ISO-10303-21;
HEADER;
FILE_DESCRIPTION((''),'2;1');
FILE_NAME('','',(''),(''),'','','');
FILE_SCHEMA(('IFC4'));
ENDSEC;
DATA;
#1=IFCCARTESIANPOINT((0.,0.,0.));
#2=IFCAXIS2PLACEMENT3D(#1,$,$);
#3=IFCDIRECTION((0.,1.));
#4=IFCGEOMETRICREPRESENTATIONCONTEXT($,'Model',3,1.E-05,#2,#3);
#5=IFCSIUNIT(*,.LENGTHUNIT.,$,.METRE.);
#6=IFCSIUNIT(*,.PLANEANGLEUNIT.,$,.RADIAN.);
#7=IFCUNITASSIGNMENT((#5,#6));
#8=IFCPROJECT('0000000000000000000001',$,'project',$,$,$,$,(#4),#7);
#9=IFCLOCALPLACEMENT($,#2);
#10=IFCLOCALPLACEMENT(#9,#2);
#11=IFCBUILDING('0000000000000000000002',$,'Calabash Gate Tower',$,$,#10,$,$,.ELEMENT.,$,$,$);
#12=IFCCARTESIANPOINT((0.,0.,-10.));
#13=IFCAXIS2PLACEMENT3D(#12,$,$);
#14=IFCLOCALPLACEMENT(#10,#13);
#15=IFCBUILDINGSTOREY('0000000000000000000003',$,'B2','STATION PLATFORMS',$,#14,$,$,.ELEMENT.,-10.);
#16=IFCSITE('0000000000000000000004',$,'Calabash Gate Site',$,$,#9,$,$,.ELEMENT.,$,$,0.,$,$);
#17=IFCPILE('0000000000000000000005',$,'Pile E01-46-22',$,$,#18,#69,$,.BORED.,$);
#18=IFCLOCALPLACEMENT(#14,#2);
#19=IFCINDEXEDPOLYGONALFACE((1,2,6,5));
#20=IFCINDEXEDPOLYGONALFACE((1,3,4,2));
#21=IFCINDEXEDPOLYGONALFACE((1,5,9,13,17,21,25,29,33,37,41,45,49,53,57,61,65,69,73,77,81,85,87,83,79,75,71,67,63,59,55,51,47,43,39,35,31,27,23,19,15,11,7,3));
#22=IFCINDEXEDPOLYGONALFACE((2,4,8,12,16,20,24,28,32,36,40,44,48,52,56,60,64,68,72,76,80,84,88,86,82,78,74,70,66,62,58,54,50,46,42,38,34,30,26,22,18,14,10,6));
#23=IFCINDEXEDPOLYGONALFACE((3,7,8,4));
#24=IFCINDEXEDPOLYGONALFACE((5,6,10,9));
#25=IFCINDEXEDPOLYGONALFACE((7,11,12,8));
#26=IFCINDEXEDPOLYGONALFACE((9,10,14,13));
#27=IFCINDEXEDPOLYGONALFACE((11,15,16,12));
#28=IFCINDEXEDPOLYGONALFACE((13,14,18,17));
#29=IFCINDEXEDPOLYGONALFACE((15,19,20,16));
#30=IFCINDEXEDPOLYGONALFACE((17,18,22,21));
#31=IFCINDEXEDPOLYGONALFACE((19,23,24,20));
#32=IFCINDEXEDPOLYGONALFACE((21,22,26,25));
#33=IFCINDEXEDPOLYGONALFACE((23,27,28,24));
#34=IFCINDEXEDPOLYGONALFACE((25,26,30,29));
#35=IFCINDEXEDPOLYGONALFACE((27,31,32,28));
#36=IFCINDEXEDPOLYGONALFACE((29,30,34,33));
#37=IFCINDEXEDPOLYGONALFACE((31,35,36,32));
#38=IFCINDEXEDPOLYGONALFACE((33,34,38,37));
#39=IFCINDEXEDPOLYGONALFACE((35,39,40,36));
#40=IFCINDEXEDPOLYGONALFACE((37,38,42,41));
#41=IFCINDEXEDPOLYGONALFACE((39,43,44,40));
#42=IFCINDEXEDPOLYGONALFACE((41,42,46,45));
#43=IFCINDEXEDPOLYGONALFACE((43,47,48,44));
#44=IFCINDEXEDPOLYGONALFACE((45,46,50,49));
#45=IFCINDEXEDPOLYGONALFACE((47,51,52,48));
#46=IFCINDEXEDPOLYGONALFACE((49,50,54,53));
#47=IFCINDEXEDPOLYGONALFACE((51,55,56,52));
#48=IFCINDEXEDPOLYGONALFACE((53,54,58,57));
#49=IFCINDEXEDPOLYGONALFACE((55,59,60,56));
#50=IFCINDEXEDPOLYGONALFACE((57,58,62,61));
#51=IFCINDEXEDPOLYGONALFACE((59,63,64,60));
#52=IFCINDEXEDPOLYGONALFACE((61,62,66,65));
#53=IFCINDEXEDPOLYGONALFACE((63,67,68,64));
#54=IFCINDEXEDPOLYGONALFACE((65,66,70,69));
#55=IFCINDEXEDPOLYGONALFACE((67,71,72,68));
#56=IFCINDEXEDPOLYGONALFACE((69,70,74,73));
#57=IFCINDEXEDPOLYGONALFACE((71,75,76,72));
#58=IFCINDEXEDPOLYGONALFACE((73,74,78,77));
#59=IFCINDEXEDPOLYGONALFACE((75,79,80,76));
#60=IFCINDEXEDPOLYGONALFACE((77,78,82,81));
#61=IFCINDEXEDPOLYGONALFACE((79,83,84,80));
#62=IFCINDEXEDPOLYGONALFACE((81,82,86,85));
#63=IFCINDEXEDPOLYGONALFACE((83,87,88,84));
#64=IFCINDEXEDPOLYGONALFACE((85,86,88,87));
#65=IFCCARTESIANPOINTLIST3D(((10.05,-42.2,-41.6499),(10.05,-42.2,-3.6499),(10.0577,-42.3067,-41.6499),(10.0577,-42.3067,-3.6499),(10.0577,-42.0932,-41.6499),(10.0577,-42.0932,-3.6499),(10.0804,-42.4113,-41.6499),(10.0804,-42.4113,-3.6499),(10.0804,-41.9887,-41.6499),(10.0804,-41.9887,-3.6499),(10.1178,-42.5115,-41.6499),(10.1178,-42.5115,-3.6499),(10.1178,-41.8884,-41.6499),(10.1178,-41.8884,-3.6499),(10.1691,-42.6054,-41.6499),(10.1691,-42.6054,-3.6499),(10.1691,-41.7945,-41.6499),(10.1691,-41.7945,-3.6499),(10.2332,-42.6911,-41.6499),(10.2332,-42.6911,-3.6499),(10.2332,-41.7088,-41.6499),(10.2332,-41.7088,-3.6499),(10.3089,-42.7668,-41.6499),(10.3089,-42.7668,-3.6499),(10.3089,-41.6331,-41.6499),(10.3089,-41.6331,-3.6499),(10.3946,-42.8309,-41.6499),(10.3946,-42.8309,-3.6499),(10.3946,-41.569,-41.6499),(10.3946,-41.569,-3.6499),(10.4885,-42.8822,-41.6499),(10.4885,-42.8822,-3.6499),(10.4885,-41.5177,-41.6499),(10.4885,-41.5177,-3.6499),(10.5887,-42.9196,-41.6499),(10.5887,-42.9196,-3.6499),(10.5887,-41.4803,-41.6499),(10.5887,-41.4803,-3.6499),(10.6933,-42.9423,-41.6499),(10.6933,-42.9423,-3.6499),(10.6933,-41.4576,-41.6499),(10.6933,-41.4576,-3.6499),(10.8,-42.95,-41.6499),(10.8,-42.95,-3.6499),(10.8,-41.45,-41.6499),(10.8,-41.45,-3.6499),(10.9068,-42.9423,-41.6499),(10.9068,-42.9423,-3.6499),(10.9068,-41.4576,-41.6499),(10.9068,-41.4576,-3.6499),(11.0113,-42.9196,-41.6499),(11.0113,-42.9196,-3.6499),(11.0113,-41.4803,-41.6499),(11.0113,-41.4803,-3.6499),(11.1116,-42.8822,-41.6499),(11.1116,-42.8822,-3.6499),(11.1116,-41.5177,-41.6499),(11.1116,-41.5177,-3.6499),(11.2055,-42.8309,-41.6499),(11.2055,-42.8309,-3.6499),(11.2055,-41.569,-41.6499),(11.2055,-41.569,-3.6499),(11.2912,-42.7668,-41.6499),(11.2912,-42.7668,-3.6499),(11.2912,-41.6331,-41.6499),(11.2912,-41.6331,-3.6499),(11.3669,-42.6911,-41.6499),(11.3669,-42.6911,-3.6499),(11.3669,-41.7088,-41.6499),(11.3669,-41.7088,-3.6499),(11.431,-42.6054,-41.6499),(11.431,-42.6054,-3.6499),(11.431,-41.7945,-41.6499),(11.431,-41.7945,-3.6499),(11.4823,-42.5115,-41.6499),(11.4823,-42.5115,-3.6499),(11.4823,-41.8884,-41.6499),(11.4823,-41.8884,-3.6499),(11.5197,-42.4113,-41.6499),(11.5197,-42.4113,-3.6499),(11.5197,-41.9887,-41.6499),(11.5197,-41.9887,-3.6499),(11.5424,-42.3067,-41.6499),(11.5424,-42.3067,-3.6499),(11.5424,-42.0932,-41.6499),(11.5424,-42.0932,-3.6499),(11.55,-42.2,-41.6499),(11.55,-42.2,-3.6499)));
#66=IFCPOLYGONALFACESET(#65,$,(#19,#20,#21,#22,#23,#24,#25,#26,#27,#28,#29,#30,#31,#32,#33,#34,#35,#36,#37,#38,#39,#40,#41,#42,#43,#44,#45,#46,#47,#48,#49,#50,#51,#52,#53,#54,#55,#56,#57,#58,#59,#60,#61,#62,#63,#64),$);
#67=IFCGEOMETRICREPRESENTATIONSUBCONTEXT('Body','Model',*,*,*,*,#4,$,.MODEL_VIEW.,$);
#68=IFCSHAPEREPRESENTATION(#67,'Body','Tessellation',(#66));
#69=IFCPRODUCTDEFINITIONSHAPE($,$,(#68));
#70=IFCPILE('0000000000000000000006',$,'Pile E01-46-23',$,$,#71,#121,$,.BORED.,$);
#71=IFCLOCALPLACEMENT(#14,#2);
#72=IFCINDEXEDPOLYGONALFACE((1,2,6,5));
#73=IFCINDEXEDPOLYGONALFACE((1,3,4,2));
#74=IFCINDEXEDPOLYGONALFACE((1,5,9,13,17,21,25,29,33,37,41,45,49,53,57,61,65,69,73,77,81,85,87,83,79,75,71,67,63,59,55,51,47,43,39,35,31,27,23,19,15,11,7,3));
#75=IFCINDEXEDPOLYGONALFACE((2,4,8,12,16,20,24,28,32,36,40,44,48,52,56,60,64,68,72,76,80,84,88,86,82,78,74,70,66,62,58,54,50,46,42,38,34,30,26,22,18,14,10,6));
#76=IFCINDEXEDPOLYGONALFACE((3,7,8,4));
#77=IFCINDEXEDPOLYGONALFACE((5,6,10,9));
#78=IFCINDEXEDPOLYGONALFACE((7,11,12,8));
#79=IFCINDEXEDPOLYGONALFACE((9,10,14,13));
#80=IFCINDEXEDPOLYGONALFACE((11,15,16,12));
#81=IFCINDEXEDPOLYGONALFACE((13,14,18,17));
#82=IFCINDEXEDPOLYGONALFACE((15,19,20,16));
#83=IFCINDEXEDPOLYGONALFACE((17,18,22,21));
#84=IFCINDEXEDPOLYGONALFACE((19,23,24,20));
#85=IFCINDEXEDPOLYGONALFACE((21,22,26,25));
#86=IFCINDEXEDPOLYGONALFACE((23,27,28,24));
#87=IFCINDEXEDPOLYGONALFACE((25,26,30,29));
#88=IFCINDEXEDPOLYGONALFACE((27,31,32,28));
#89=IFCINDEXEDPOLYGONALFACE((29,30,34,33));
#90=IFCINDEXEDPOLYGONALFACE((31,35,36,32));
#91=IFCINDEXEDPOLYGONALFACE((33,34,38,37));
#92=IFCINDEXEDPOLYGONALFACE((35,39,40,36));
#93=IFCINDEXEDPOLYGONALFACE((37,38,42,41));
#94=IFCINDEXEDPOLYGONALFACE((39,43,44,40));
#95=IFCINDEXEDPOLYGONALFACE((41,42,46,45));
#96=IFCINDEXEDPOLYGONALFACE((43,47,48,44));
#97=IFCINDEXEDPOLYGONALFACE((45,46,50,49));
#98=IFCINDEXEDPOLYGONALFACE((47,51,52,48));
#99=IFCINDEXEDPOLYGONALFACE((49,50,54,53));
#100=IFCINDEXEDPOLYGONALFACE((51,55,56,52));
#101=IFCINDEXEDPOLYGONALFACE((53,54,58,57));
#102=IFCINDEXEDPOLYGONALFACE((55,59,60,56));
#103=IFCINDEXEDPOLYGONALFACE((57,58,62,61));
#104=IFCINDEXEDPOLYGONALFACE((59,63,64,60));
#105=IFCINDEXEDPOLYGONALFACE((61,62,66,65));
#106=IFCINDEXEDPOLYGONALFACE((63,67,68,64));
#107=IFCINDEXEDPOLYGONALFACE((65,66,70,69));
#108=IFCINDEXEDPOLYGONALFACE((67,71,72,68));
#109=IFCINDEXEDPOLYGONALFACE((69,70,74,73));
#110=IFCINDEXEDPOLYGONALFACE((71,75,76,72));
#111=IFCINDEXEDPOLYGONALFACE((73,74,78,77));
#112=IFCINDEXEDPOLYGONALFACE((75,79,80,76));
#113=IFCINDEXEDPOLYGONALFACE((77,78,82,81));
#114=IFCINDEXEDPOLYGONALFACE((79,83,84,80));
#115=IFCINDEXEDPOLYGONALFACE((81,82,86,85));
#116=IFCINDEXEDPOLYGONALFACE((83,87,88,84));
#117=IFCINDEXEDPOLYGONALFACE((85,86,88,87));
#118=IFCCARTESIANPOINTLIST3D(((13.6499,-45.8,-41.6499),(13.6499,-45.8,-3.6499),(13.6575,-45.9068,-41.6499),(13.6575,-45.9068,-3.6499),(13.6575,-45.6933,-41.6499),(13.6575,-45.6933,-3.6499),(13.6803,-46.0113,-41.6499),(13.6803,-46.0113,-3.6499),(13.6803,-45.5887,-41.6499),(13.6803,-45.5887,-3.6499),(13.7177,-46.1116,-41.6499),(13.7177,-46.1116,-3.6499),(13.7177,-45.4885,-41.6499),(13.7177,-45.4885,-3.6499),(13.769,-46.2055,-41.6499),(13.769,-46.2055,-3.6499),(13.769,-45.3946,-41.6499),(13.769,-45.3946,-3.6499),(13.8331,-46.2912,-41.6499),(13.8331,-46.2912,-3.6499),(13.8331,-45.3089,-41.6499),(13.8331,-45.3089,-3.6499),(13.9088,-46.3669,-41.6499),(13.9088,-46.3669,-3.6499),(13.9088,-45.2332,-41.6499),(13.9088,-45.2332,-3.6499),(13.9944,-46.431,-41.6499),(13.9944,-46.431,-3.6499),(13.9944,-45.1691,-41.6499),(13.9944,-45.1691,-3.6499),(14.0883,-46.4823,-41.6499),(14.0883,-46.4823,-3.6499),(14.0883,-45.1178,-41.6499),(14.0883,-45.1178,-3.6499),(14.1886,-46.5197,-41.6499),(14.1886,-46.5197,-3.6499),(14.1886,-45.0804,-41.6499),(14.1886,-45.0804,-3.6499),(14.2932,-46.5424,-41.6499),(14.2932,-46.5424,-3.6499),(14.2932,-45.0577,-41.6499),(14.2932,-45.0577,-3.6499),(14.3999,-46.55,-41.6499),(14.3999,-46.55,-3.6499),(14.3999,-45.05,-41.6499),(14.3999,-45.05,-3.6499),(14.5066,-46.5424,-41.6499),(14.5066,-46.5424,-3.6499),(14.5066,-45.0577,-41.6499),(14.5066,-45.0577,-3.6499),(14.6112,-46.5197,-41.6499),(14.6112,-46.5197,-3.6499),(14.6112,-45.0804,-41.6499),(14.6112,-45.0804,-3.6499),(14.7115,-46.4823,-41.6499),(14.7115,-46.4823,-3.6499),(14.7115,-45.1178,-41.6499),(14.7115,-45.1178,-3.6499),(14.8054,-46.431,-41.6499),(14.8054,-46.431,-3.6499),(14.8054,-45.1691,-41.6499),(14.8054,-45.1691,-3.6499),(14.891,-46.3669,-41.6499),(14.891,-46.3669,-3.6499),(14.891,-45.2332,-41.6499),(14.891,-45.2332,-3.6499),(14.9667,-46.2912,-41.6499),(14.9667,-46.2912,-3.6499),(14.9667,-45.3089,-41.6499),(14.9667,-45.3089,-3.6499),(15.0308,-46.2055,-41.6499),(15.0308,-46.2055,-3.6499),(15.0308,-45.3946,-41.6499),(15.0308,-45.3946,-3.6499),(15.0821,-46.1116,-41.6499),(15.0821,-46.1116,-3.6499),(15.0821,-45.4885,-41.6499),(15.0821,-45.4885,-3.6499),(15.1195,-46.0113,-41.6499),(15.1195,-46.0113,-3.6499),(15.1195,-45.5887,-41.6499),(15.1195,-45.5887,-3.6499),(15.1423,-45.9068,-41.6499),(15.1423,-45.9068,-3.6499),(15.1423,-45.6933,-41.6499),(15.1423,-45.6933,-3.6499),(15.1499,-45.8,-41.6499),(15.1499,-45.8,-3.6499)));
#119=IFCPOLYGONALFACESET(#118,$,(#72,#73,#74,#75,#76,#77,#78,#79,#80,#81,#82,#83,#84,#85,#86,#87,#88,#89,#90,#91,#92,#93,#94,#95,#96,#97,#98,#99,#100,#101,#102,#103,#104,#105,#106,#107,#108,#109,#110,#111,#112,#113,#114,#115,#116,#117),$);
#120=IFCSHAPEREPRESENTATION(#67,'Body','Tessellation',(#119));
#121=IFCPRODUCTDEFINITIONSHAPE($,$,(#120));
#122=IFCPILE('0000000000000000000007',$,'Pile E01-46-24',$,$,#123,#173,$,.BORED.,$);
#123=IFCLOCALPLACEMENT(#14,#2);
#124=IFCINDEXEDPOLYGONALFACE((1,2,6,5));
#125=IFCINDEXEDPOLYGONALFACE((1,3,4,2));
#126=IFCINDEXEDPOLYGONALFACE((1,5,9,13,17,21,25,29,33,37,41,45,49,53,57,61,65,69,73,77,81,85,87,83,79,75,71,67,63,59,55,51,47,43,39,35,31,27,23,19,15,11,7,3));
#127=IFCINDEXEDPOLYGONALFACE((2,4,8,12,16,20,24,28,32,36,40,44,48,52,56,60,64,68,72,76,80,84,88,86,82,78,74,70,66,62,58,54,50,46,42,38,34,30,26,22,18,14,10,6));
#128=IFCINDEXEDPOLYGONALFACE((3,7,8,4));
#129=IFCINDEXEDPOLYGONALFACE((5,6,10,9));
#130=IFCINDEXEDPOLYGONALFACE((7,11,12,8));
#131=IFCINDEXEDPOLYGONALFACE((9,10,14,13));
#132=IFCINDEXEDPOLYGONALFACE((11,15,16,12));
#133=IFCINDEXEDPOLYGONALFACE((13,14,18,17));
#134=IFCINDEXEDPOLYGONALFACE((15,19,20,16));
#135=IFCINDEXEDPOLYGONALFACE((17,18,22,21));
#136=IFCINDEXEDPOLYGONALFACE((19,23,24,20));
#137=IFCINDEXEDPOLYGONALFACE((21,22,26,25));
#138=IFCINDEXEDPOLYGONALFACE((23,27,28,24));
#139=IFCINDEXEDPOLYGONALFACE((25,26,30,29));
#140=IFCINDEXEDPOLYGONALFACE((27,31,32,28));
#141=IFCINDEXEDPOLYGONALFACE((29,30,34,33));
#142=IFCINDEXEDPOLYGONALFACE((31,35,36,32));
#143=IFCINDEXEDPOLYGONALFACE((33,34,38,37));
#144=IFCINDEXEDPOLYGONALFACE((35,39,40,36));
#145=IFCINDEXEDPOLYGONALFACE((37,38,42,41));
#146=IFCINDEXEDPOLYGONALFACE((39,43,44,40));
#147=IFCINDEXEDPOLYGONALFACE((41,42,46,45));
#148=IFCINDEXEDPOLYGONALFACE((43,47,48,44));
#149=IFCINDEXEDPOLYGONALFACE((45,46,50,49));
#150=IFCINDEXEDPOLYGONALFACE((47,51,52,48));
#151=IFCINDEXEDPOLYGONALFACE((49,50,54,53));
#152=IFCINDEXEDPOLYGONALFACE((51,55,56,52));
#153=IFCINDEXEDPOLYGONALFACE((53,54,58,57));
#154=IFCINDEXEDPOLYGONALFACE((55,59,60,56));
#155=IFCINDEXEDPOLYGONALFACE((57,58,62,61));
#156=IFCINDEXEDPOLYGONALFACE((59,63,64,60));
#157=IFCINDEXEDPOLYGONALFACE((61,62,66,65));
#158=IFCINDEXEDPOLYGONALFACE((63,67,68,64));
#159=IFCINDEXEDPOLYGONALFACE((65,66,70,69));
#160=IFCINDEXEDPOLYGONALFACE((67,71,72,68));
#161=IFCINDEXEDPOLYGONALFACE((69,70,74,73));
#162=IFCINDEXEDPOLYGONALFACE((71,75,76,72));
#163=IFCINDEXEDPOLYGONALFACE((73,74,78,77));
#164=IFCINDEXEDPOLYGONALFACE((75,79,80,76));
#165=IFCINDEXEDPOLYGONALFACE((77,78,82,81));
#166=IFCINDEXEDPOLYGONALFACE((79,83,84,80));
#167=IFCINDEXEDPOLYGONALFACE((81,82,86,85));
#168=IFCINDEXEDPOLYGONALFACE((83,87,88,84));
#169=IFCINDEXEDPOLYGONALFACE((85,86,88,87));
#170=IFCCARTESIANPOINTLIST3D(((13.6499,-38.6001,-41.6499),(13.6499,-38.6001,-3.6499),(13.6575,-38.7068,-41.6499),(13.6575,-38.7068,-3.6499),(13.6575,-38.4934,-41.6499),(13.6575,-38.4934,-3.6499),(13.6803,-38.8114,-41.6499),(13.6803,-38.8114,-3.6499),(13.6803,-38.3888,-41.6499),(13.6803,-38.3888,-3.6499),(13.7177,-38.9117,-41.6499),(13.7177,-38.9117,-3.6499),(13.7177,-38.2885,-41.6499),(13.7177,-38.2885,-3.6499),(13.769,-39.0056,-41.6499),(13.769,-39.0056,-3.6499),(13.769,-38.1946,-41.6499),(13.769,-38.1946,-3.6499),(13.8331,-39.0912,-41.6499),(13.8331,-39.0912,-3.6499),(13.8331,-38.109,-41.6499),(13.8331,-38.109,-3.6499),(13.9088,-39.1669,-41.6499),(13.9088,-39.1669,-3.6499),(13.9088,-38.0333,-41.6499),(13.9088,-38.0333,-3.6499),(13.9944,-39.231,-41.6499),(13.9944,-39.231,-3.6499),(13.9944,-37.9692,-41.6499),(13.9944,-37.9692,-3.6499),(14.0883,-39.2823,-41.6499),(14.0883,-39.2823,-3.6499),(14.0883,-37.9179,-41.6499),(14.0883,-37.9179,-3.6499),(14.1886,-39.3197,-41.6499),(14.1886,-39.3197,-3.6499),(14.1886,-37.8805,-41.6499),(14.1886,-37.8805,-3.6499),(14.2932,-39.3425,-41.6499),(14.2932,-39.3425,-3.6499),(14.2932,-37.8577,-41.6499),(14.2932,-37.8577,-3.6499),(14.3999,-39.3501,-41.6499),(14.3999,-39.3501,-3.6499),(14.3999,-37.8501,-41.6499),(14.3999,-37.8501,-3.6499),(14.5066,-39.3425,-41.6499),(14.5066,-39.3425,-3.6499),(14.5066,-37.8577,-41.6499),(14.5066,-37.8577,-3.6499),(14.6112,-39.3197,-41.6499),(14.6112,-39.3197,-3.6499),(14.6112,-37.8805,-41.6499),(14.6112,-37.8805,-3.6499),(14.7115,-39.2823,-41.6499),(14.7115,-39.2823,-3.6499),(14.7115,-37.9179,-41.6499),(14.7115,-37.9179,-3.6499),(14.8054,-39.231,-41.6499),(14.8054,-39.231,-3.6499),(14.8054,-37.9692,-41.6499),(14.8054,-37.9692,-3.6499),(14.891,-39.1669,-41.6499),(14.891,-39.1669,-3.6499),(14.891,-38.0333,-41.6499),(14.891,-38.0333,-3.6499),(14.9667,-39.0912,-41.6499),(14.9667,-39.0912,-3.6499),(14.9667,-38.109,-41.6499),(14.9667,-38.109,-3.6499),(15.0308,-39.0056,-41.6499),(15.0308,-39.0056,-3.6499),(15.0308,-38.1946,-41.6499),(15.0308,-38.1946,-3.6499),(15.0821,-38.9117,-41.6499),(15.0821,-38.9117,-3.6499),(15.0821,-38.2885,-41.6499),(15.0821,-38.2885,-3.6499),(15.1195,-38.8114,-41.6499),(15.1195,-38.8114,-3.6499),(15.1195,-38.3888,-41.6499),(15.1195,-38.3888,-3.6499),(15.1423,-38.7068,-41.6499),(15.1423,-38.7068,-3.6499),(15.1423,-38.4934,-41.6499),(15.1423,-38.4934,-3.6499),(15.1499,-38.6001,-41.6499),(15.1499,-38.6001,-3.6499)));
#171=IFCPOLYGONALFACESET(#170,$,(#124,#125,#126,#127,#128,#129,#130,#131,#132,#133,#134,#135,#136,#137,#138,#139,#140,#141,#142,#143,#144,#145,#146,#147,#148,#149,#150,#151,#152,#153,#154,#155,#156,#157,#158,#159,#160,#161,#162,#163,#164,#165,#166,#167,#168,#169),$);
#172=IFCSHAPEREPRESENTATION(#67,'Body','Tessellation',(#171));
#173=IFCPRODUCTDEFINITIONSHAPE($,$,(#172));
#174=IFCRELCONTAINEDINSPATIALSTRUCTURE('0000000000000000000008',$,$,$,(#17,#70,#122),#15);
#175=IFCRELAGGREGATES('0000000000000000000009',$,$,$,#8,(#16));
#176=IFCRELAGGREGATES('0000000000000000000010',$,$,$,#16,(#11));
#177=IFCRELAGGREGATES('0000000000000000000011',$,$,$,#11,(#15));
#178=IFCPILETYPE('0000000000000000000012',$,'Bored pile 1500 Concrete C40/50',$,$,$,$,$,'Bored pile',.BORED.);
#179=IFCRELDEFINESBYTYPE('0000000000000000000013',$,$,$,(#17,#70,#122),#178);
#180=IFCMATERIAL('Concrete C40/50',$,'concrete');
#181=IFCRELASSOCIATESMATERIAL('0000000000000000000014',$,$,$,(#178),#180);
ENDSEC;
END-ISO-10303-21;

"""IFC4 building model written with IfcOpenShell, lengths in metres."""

from ifc_helpers import new_model, si_unit, direction, frame, origin, origin_2d, place, context, subcontext, project, spatial, circle, extrude, material, material_profile, profile_set, type_object, element, save


model = new_model("IFC4")

# Units and contexts
model_context = context("Model", 3, precision=1e-05, world=origin(), true_north=direction((0.0, 1.0)))
body_context = subcontext(model_context, "Body", "Model", "MODEL_VIEW")
ifc_project = project(units=[si_unit("LENGTHUNIT", "METRE"), si_unit("PLANEANGLEUNIT", "RADIAN")], contexts=[model_context])

# Site, building, storey
site_placement = place(None, origin())
site = spatial("IfcSite", under=ifc_project, at=site_placement, Name="Calabash Gate Site", CompositionType="ELEMENT", RefElevation=0.0)
building_placement = place(site_placement, origin())
building = spatial("IfcBuilding", under=site, at=building_placement, Name="Calabash Gate Tower", CompositionType="ELEMENT")
storey_placement = place(building_placement, frame((0.0, 0.0, -10.0)))
storey = spatial("IfcBuildingStorey", under=building, at=storey_placement, Name="B2", Description="STATION PLATFORMS", CompositionType="ELEMENT", Elevation=-10.0)

# Piles
ifc_material_1 = material(Name="Concrete C40/50", Category="concrete")
ifc_material_profile_1 = material_profile(ifc_material_1, circle(Radius=0.75, at=origin_2d()))
ifc_profile_set_1 = profile_set([ifc_material_profile_1], Name="Concrete C40/50")
pile_type_1 = type_object("IfcPileType", Name="Bored pile 1500 Concrete C40/50", ElementType="Bored pile", PredefinedType="BORED", material=ifc_profile_set_1)
for number, where, z_axis, x_axis, name in (
    (1, (10.8, -42.2, -3.6499), (0.0, 0.0, -1.0), (1.0, 0.0, 0.0), "Pile E01-46-22"),
    (2, (14.3999, -45.8, -3.6499), (0.0, 0.0, -1.0), (1.0, 0.0, 0.0), "Pile E01-46-23"),
    (3, (14.3999, -38.6001, -3.6499), (0.0, 0.0, -1.0), (1.0, 0.0, 0.0), "Pile E01-46-24"),
):
    element("IfcPile", number, at=place(storey_placement, frame(where, z_axis=z_axis, x_axis=x_axis)), inside=storey, type_object=pile_type_1, Name=name, PredefinedType="BORED", context=body_context, shape_type="SweptSolid", body=[
        extrude(circle(Radius=0.75, at=origin_2d()), origin(), (0.0, 0.0, 1.0), 38.0),
    ])

save(model, "model.ifc")
